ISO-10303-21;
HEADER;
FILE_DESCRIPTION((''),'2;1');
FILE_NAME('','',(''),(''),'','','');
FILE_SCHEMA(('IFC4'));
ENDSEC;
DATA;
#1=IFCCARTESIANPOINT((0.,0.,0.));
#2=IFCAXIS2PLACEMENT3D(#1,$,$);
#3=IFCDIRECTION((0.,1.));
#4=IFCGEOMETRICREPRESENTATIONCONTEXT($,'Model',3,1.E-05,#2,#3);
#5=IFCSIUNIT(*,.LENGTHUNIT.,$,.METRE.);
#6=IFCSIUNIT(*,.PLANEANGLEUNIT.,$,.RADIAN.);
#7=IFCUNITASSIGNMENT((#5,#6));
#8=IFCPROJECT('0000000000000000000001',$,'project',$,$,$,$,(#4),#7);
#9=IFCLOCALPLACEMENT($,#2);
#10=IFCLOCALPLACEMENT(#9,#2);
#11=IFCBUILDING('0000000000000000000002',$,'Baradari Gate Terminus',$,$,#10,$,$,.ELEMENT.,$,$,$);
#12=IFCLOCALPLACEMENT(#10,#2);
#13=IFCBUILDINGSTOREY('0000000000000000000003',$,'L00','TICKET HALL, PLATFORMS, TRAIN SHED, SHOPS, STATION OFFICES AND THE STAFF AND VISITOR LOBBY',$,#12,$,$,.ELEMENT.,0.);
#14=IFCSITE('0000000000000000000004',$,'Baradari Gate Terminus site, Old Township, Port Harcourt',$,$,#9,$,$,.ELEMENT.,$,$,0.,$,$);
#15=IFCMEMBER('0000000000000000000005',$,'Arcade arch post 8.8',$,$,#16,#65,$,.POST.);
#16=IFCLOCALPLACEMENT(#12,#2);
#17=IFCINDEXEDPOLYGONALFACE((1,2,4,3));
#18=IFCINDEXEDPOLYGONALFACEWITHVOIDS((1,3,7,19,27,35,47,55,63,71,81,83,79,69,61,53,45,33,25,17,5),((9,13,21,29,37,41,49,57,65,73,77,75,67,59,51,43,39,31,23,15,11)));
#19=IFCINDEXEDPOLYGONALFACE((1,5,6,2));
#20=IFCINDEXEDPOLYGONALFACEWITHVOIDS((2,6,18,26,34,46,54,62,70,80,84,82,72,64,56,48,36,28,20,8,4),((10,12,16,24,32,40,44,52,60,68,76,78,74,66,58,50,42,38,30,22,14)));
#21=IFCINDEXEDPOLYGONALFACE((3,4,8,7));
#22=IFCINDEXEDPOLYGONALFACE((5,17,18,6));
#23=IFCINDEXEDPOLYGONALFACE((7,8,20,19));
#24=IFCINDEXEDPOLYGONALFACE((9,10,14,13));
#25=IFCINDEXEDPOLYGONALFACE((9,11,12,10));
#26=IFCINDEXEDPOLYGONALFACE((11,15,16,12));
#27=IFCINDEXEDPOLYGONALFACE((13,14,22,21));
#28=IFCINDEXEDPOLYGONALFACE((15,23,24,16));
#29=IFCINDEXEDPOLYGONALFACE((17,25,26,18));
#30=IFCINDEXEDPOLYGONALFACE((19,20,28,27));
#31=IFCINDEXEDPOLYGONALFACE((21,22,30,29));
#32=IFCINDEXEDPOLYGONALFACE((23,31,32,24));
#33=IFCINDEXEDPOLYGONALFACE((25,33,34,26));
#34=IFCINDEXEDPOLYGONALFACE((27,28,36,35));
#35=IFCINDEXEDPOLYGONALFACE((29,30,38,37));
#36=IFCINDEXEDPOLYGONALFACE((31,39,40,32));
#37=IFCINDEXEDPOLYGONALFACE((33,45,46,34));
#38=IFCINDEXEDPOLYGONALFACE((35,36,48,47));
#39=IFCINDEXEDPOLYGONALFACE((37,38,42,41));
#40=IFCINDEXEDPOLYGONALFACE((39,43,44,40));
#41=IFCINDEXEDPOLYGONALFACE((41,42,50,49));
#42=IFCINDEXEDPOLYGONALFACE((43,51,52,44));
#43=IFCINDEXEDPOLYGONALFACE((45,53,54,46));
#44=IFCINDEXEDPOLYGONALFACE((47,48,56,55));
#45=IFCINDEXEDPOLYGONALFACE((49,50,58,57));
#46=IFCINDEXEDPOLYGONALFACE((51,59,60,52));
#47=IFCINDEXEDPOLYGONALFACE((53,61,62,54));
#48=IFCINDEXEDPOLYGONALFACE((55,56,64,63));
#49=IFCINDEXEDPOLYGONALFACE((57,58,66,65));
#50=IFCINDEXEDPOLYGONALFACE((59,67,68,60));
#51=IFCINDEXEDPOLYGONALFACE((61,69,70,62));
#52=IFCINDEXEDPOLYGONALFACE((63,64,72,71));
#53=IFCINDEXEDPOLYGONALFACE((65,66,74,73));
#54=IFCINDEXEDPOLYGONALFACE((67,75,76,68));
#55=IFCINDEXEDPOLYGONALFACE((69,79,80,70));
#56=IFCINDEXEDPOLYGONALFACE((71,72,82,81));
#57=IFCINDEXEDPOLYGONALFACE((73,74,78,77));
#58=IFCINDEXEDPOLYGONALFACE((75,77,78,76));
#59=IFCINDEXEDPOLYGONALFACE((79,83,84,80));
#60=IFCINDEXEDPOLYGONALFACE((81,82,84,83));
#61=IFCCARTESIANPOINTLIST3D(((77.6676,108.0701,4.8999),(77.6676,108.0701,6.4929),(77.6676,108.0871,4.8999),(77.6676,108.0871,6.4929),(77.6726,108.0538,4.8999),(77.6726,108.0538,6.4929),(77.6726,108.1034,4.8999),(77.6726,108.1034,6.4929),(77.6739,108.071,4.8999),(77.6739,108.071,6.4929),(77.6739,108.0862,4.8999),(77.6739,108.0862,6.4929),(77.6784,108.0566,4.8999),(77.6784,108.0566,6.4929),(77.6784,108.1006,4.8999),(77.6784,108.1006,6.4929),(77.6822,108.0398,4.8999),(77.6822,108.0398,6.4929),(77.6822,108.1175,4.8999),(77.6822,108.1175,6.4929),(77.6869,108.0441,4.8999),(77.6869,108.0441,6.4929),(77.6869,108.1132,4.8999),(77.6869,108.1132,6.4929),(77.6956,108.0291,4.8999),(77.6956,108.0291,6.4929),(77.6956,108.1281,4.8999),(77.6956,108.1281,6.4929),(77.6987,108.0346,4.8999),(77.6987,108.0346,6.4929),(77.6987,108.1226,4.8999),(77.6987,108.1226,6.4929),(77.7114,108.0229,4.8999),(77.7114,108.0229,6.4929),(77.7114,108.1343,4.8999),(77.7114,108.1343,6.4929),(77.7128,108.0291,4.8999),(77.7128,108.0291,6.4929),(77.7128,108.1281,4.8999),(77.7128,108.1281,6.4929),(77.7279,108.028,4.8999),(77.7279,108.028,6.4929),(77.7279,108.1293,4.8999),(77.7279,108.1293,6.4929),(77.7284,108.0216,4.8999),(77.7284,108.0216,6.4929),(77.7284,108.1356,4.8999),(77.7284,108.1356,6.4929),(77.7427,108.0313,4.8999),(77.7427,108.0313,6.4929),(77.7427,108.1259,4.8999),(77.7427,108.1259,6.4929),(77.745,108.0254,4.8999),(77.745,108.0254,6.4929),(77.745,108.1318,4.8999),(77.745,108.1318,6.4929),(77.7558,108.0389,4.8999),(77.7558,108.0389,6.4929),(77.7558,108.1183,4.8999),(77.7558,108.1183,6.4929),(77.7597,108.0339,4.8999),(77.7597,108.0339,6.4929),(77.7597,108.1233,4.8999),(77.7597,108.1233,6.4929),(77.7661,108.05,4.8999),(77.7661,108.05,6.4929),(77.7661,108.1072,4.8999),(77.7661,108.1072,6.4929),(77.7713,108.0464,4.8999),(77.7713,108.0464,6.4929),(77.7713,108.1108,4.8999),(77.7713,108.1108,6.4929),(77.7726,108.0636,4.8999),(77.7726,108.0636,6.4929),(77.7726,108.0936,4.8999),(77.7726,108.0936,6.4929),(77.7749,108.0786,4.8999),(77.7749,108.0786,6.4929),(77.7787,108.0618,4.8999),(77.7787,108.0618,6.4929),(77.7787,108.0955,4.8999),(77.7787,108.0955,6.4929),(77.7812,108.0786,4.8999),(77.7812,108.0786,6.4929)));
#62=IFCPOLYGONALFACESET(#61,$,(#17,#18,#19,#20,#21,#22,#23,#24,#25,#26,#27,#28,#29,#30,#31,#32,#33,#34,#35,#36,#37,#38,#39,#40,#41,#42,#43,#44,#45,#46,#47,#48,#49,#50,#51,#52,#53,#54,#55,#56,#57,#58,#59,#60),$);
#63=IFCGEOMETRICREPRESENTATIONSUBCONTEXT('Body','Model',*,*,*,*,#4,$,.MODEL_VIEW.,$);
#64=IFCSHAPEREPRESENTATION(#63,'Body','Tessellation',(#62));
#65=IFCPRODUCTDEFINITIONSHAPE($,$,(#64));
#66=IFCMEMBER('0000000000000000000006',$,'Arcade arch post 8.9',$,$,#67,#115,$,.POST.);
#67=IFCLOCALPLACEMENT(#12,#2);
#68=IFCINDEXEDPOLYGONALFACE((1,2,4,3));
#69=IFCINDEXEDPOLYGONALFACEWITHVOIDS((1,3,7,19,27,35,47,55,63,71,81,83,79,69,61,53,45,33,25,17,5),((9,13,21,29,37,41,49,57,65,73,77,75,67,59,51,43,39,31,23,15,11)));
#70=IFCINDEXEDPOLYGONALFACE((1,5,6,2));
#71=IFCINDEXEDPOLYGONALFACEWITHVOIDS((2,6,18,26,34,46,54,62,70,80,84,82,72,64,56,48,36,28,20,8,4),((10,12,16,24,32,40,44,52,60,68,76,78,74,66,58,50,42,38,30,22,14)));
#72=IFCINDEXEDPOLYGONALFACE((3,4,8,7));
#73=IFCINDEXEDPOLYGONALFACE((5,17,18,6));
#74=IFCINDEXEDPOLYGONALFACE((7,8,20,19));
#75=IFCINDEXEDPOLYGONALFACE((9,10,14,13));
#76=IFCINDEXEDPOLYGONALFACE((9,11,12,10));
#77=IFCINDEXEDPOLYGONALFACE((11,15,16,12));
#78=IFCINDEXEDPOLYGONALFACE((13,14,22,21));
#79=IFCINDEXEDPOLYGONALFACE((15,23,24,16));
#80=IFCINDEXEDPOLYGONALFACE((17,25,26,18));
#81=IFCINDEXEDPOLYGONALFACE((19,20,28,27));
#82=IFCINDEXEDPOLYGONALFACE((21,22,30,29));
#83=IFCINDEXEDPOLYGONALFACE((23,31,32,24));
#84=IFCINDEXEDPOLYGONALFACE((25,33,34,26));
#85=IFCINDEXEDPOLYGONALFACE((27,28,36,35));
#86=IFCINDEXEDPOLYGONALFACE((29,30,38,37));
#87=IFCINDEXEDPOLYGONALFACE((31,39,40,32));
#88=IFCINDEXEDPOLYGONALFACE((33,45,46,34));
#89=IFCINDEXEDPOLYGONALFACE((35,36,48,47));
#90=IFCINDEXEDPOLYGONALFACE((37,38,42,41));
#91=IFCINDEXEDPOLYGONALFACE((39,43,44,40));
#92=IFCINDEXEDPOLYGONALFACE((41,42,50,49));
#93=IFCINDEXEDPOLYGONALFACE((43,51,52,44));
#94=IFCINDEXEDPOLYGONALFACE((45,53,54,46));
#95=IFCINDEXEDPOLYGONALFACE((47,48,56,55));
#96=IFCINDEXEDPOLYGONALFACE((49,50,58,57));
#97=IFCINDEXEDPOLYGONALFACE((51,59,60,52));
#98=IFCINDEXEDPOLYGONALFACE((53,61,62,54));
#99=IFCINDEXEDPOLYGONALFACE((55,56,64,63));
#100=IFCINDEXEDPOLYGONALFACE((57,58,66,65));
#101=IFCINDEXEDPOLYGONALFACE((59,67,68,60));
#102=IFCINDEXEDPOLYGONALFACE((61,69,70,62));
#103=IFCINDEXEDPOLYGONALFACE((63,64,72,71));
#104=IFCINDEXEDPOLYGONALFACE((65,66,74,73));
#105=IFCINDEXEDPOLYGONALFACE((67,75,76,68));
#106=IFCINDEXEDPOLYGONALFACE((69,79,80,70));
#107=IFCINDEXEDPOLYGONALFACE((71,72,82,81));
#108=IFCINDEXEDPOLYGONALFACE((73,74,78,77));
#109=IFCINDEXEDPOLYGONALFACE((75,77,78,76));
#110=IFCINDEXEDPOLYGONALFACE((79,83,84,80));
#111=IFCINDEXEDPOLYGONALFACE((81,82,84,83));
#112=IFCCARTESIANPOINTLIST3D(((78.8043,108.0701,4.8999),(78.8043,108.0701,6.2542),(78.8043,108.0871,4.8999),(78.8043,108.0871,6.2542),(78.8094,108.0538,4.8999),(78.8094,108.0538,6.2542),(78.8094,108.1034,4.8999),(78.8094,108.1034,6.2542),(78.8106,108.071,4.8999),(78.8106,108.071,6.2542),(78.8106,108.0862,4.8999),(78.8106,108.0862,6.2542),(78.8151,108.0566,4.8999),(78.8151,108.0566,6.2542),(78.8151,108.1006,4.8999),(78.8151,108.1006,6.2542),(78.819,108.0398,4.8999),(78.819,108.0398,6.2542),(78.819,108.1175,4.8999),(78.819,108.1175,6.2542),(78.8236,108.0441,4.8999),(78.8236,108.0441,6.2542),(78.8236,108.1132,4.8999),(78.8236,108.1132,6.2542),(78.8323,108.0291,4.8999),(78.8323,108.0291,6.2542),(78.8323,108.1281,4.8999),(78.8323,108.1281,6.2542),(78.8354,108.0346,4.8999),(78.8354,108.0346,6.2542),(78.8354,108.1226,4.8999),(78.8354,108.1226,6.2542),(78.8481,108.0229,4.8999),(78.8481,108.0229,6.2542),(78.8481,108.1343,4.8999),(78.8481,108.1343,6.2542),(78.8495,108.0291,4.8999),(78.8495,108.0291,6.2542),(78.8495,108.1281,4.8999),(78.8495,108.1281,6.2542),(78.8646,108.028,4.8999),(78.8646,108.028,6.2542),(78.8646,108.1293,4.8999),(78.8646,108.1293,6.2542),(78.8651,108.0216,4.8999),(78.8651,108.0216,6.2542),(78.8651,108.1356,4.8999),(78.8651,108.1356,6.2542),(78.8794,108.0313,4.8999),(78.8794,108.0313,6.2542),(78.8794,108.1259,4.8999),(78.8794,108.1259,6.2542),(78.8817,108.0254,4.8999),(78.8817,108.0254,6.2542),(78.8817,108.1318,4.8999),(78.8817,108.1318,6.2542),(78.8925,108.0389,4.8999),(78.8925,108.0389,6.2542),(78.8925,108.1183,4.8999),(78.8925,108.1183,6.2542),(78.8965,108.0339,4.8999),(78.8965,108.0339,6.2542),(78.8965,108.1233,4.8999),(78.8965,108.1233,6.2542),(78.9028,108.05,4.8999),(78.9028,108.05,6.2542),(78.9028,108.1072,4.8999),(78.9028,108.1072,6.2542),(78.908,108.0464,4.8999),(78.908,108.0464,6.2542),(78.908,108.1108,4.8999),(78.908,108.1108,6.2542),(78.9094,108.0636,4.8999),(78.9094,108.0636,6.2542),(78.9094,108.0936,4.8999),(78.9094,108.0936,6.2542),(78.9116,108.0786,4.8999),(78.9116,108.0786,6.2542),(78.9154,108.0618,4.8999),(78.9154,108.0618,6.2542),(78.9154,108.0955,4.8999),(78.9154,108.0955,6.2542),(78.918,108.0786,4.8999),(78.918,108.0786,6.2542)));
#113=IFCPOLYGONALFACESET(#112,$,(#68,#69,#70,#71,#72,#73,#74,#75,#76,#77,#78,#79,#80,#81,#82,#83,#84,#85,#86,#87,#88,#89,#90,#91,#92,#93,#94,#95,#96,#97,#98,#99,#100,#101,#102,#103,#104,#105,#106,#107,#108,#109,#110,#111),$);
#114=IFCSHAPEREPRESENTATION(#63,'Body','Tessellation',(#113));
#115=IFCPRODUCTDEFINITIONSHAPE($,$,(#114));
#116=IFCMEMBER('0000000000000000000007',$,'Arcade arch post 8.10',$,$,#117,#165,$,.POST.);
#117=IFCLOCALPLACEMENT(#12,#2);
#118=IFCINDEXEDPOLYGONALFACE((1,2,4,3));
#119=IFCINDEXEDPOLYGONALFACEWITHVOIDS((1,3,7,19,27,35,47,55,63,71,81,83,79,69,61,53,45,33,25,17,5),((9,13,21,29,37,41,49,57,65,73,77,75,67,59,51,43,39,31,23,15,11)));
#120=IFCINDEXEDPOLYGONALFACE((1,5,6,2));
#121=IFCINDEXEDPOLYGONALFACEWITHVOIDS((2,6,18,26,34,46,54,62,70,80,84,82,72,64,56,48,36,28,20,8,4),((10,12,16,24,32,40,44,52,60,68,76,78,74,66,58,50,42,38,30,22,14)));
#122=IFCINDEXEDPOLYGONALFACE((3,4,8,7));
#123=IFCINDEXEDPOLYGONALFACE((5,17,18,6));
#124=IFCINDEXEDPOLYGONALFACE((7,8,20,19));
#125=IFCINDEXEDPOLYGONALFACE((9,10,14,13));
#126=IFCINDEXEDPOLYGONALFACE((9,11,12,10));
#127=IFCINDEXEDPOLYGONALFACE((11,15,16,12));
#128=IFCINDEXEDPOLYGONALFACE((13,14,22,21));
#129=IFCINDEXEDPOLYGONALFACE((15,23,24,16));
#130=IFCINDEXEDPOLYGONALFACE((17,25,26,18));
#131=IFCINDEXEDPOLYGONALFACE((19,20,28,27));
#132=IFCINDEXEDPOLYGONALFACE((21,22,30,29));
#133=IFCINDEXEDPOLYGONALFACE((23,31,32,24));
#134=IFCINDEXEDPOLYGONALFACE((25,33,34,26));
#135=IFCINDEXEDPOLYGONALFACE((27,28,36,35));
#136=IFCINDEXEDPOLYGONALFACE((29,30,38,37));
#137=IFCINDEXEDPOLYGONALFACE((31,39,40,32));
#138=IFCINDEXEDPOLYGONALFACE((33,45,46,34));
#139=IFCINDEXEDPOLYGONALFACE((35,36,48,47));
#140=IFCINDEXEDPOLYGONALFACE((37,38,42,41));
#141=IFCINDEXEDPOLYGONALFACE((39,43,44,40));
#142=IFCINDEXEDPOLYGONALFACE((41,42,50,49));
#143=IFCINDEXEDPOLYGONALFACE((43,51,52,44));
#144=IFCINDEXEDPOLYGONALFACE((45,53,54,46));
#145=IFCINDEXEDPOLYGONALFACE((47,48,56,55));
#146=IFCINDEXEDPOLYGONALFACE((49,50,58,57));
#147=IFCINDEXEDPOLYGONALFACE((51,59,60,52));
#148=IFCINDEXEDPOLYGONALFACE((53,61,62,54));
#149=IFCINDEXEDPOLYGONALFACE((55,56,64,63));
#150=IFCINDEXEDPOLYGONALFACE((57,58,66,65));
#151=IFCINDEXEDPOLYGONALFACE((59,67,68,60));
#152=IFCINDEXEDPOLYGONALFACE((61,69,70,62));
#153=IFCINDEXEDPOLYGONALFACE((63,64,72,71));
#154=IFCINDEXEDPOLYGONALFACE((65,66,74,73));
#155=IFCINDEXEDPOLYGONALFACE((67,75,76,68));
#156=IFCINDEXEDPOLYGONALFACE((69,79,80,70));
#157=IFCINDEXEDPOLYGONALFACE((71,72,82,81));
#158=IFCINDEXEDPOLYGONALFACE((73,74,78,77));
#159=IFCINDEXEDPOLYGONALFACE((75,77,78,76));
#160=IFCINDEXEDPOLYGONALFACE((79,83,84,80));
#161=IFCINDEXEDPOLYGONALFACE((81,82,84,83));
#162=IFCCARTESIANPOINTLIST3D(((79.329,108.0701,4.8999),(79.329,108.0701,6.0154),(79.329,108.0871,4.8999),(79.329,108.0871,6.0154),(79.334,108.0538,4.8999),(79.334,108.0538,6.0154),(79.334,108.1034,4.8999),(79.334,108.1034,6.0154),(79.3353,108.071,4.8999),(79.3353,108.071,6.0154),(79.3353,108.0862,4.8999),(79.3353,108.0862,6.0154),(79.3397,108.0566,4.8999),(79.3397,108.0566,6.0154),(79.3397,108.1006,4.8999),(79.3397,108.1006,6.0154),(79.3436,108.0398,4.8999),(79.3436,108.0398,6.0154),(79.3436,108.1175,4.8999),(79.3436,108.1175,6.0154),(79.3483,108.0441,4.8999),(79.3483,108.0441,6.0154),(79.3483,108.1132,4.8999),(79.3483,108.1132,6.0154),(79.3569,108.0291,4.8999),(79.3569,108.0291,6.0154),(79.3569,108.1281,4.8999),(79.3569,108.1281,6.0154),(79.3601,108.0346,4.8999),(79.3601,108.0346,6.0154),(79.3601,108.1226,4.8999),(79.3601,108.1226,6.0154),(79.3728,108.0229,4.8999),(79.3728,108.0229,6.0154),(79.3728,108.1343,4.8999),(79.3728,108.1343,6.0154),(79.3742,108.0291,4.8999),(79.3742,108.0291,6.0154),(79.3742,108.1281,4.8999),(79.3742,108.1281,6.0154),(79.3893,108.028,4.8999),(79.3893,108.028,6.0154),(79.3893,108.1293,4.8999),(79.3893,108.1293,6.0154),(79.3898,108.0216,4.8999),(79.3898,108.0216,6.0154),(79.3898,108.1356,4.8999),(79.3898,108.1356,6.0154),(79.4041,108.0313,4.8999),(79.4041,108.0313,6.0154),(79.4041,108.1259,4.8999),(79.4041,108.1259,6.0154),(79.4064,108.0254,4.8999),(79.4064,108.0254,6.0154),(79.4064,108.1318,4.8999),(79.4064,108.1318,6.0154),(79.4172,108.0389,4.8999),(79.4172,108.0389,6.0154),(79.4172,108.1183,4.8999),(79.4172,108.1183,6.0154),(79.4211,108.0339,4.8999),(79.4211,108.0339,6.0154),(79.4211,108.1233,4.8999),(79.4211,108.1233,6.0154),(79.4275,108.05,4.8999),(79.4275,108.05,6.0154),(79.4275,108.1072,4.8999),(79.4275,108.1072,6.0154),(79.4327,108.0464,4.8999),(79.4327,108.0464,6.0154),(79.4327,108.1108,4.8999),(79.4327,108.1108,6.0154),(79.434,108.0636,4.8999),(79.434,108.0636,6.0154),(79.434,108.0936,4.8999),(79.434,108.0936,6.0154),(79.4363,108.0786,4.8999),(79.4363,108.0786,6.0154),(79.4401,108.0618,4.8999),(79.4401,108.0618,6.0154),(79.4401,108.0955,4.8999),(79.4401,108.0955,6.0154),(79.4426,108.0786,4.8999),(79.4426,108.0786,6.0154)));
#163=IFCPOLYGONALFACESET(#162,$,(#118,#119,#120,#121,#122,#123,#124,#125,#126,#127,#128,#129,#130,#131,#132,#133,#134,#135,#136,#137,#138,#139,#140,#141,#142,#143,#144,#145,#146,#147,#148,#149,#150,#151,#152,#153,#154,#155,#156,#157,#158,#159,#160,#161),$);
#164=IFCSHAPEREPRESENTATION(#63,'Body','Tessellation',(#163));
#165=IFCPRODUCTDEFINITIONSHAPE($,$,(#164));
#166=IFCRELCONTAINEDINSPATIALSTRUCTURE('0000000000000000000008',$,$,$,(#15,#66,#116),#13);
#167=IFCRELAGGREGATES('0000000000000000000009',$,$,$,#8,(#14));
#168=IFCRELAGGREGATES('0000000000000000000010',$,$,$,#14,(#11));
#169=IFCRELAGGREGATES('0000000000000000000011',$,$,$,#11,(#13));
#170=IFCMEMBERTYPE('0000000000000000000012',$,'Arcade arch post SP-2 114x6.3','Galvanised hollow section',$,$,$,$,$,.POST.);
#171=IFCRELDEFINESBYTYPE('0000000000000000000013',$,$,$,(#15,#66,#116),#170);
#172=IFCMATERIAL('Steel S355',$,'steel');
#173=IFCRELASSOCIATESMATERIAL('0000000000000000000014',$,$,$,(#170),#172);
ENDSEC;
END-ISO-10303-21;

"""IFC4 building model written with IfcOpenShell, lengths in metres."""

from ifc_helpers import new_model, si_unit, direction, frame, origin, origin_2d, place, context, subcontext, project, spatial, hollow_circle, extrude, material, material_profile, profile_set, type_object, element, save


model = new_model("IFC4")

# Units and contexts
model_context = context("Model", 3, precision=1e-05, world=origin(), true_north=direction((0.0, 1.0)))
body_context = subcontext(model_context, "Body", "Model", "MODEL_VIEW")
ifc_project = project(units=[si_unit("LENGTHUNIT", "METRE"), si_unit("PLANEANGLEUNIT", "RADIAN")], contexts=[model_context])

# Site, building, storey
site_placement = place(None, origin())
site = spatial("IfcSite", under=ifc_project, at=site_placement, Name="Baradari Gate Terminus site, Old Township, Port Harcourt", CompositionType="ELEMENT", RefElevation=0.0)
building_placement = place(site_placement, origin())
building = spatial("IfcBuilding", under=site, at=building_placement, Name="Baradari Gate Terminus", CompositionType="ELEMENT")
storey_placement = place(building_placement, origin())
storey = spatial("IfcBuildingStorey", under=building, at=storey_placement, Name="L00", Description="TICKET HALL, PLATFORMS, TRAIN SHED, SHOPS, STATION OFFICES AND THE STAFF AND VISITOR LOBBY", CompositionType="ELEMENT", Elevation=0.0)

# Members
ifc_material_1 = material(Name="Steel S355", Category="steel")
ifc_material_profile_1 = material_profile(ifc_material_1, hollow_circle(Radius=0.0571, WallThickness=0.0063, at=origin_2d()), Name="CHS 114.3x6.3")
ifc_profile_set_1 = profile_set([ifc_material_profile_1], Name="Steel S355")
member_type = type_object("IfcMemberType", Name="Arcade arch post SP-2 114x6.3", Description="Galvanised hollow section", PredefinedType="POST", material=ifc_profile_set_1)
member_1_placement = place(storey_placement, frame((77.7241, 108.0786, 4.8999), z_axis=(0.0, 0.0, 1.0), x_axis=(1.0, 0.0, 0.0)))
element("IfcMember", 1, at=member_1_placement, inside=storey, type_object=member_type, Name="Arcade arch post 8.8", PredefinedType="POST", context=body_context, shape_type="SweptSolid", body=[
    extrude(hollow_circle(Radius=0.0571, WallThickness=0.0063, at=origin_2d()), origin(), (0.0, 0.0, 1.0), 1.593),
])
member_2_placement = place(storey_placement, frame((78.8608, 108.0786, 4.8999), z_axis=(0.0, 0.0, 1.0), x_axis=(1.0, 0.0, 0.0)))
element("IfcMember", 2, at=member_2_placement, inside=storey, type_object=member_type, Name="Arcade arch post 8.9", PredefinedType="POST", context=body_context, shape_type="SweptSolid", body=[
    extrude(hollow_circle(Radius=0.0571, WallThickness=0.0063, at=origin_2d()), origin(), (0.0, 0.0, 1.0), 1.3542),
])
member_3_placement = place(storey_placement, frame((79.3855, 108.0786, 4.8999), z_axis=(0.0, 0.0, 1.0), x_axis=(1.0, 0.0, 0.0)))
element("IfcMember", 3, at=member_3_placement, inside=storey, type_object=member_type, Name="Arcade arch post 8.10", PredefinedType="POST", context=body_context, shape_type="SweptSolid", body=[
    extrude(hollow_circle(Radius=0.0571, WallThickness=0.0063, at=origin_2d()), origin(), (0.0, 0.0, 1.0), 1.1155),
])

save(model, "model.ifc")
